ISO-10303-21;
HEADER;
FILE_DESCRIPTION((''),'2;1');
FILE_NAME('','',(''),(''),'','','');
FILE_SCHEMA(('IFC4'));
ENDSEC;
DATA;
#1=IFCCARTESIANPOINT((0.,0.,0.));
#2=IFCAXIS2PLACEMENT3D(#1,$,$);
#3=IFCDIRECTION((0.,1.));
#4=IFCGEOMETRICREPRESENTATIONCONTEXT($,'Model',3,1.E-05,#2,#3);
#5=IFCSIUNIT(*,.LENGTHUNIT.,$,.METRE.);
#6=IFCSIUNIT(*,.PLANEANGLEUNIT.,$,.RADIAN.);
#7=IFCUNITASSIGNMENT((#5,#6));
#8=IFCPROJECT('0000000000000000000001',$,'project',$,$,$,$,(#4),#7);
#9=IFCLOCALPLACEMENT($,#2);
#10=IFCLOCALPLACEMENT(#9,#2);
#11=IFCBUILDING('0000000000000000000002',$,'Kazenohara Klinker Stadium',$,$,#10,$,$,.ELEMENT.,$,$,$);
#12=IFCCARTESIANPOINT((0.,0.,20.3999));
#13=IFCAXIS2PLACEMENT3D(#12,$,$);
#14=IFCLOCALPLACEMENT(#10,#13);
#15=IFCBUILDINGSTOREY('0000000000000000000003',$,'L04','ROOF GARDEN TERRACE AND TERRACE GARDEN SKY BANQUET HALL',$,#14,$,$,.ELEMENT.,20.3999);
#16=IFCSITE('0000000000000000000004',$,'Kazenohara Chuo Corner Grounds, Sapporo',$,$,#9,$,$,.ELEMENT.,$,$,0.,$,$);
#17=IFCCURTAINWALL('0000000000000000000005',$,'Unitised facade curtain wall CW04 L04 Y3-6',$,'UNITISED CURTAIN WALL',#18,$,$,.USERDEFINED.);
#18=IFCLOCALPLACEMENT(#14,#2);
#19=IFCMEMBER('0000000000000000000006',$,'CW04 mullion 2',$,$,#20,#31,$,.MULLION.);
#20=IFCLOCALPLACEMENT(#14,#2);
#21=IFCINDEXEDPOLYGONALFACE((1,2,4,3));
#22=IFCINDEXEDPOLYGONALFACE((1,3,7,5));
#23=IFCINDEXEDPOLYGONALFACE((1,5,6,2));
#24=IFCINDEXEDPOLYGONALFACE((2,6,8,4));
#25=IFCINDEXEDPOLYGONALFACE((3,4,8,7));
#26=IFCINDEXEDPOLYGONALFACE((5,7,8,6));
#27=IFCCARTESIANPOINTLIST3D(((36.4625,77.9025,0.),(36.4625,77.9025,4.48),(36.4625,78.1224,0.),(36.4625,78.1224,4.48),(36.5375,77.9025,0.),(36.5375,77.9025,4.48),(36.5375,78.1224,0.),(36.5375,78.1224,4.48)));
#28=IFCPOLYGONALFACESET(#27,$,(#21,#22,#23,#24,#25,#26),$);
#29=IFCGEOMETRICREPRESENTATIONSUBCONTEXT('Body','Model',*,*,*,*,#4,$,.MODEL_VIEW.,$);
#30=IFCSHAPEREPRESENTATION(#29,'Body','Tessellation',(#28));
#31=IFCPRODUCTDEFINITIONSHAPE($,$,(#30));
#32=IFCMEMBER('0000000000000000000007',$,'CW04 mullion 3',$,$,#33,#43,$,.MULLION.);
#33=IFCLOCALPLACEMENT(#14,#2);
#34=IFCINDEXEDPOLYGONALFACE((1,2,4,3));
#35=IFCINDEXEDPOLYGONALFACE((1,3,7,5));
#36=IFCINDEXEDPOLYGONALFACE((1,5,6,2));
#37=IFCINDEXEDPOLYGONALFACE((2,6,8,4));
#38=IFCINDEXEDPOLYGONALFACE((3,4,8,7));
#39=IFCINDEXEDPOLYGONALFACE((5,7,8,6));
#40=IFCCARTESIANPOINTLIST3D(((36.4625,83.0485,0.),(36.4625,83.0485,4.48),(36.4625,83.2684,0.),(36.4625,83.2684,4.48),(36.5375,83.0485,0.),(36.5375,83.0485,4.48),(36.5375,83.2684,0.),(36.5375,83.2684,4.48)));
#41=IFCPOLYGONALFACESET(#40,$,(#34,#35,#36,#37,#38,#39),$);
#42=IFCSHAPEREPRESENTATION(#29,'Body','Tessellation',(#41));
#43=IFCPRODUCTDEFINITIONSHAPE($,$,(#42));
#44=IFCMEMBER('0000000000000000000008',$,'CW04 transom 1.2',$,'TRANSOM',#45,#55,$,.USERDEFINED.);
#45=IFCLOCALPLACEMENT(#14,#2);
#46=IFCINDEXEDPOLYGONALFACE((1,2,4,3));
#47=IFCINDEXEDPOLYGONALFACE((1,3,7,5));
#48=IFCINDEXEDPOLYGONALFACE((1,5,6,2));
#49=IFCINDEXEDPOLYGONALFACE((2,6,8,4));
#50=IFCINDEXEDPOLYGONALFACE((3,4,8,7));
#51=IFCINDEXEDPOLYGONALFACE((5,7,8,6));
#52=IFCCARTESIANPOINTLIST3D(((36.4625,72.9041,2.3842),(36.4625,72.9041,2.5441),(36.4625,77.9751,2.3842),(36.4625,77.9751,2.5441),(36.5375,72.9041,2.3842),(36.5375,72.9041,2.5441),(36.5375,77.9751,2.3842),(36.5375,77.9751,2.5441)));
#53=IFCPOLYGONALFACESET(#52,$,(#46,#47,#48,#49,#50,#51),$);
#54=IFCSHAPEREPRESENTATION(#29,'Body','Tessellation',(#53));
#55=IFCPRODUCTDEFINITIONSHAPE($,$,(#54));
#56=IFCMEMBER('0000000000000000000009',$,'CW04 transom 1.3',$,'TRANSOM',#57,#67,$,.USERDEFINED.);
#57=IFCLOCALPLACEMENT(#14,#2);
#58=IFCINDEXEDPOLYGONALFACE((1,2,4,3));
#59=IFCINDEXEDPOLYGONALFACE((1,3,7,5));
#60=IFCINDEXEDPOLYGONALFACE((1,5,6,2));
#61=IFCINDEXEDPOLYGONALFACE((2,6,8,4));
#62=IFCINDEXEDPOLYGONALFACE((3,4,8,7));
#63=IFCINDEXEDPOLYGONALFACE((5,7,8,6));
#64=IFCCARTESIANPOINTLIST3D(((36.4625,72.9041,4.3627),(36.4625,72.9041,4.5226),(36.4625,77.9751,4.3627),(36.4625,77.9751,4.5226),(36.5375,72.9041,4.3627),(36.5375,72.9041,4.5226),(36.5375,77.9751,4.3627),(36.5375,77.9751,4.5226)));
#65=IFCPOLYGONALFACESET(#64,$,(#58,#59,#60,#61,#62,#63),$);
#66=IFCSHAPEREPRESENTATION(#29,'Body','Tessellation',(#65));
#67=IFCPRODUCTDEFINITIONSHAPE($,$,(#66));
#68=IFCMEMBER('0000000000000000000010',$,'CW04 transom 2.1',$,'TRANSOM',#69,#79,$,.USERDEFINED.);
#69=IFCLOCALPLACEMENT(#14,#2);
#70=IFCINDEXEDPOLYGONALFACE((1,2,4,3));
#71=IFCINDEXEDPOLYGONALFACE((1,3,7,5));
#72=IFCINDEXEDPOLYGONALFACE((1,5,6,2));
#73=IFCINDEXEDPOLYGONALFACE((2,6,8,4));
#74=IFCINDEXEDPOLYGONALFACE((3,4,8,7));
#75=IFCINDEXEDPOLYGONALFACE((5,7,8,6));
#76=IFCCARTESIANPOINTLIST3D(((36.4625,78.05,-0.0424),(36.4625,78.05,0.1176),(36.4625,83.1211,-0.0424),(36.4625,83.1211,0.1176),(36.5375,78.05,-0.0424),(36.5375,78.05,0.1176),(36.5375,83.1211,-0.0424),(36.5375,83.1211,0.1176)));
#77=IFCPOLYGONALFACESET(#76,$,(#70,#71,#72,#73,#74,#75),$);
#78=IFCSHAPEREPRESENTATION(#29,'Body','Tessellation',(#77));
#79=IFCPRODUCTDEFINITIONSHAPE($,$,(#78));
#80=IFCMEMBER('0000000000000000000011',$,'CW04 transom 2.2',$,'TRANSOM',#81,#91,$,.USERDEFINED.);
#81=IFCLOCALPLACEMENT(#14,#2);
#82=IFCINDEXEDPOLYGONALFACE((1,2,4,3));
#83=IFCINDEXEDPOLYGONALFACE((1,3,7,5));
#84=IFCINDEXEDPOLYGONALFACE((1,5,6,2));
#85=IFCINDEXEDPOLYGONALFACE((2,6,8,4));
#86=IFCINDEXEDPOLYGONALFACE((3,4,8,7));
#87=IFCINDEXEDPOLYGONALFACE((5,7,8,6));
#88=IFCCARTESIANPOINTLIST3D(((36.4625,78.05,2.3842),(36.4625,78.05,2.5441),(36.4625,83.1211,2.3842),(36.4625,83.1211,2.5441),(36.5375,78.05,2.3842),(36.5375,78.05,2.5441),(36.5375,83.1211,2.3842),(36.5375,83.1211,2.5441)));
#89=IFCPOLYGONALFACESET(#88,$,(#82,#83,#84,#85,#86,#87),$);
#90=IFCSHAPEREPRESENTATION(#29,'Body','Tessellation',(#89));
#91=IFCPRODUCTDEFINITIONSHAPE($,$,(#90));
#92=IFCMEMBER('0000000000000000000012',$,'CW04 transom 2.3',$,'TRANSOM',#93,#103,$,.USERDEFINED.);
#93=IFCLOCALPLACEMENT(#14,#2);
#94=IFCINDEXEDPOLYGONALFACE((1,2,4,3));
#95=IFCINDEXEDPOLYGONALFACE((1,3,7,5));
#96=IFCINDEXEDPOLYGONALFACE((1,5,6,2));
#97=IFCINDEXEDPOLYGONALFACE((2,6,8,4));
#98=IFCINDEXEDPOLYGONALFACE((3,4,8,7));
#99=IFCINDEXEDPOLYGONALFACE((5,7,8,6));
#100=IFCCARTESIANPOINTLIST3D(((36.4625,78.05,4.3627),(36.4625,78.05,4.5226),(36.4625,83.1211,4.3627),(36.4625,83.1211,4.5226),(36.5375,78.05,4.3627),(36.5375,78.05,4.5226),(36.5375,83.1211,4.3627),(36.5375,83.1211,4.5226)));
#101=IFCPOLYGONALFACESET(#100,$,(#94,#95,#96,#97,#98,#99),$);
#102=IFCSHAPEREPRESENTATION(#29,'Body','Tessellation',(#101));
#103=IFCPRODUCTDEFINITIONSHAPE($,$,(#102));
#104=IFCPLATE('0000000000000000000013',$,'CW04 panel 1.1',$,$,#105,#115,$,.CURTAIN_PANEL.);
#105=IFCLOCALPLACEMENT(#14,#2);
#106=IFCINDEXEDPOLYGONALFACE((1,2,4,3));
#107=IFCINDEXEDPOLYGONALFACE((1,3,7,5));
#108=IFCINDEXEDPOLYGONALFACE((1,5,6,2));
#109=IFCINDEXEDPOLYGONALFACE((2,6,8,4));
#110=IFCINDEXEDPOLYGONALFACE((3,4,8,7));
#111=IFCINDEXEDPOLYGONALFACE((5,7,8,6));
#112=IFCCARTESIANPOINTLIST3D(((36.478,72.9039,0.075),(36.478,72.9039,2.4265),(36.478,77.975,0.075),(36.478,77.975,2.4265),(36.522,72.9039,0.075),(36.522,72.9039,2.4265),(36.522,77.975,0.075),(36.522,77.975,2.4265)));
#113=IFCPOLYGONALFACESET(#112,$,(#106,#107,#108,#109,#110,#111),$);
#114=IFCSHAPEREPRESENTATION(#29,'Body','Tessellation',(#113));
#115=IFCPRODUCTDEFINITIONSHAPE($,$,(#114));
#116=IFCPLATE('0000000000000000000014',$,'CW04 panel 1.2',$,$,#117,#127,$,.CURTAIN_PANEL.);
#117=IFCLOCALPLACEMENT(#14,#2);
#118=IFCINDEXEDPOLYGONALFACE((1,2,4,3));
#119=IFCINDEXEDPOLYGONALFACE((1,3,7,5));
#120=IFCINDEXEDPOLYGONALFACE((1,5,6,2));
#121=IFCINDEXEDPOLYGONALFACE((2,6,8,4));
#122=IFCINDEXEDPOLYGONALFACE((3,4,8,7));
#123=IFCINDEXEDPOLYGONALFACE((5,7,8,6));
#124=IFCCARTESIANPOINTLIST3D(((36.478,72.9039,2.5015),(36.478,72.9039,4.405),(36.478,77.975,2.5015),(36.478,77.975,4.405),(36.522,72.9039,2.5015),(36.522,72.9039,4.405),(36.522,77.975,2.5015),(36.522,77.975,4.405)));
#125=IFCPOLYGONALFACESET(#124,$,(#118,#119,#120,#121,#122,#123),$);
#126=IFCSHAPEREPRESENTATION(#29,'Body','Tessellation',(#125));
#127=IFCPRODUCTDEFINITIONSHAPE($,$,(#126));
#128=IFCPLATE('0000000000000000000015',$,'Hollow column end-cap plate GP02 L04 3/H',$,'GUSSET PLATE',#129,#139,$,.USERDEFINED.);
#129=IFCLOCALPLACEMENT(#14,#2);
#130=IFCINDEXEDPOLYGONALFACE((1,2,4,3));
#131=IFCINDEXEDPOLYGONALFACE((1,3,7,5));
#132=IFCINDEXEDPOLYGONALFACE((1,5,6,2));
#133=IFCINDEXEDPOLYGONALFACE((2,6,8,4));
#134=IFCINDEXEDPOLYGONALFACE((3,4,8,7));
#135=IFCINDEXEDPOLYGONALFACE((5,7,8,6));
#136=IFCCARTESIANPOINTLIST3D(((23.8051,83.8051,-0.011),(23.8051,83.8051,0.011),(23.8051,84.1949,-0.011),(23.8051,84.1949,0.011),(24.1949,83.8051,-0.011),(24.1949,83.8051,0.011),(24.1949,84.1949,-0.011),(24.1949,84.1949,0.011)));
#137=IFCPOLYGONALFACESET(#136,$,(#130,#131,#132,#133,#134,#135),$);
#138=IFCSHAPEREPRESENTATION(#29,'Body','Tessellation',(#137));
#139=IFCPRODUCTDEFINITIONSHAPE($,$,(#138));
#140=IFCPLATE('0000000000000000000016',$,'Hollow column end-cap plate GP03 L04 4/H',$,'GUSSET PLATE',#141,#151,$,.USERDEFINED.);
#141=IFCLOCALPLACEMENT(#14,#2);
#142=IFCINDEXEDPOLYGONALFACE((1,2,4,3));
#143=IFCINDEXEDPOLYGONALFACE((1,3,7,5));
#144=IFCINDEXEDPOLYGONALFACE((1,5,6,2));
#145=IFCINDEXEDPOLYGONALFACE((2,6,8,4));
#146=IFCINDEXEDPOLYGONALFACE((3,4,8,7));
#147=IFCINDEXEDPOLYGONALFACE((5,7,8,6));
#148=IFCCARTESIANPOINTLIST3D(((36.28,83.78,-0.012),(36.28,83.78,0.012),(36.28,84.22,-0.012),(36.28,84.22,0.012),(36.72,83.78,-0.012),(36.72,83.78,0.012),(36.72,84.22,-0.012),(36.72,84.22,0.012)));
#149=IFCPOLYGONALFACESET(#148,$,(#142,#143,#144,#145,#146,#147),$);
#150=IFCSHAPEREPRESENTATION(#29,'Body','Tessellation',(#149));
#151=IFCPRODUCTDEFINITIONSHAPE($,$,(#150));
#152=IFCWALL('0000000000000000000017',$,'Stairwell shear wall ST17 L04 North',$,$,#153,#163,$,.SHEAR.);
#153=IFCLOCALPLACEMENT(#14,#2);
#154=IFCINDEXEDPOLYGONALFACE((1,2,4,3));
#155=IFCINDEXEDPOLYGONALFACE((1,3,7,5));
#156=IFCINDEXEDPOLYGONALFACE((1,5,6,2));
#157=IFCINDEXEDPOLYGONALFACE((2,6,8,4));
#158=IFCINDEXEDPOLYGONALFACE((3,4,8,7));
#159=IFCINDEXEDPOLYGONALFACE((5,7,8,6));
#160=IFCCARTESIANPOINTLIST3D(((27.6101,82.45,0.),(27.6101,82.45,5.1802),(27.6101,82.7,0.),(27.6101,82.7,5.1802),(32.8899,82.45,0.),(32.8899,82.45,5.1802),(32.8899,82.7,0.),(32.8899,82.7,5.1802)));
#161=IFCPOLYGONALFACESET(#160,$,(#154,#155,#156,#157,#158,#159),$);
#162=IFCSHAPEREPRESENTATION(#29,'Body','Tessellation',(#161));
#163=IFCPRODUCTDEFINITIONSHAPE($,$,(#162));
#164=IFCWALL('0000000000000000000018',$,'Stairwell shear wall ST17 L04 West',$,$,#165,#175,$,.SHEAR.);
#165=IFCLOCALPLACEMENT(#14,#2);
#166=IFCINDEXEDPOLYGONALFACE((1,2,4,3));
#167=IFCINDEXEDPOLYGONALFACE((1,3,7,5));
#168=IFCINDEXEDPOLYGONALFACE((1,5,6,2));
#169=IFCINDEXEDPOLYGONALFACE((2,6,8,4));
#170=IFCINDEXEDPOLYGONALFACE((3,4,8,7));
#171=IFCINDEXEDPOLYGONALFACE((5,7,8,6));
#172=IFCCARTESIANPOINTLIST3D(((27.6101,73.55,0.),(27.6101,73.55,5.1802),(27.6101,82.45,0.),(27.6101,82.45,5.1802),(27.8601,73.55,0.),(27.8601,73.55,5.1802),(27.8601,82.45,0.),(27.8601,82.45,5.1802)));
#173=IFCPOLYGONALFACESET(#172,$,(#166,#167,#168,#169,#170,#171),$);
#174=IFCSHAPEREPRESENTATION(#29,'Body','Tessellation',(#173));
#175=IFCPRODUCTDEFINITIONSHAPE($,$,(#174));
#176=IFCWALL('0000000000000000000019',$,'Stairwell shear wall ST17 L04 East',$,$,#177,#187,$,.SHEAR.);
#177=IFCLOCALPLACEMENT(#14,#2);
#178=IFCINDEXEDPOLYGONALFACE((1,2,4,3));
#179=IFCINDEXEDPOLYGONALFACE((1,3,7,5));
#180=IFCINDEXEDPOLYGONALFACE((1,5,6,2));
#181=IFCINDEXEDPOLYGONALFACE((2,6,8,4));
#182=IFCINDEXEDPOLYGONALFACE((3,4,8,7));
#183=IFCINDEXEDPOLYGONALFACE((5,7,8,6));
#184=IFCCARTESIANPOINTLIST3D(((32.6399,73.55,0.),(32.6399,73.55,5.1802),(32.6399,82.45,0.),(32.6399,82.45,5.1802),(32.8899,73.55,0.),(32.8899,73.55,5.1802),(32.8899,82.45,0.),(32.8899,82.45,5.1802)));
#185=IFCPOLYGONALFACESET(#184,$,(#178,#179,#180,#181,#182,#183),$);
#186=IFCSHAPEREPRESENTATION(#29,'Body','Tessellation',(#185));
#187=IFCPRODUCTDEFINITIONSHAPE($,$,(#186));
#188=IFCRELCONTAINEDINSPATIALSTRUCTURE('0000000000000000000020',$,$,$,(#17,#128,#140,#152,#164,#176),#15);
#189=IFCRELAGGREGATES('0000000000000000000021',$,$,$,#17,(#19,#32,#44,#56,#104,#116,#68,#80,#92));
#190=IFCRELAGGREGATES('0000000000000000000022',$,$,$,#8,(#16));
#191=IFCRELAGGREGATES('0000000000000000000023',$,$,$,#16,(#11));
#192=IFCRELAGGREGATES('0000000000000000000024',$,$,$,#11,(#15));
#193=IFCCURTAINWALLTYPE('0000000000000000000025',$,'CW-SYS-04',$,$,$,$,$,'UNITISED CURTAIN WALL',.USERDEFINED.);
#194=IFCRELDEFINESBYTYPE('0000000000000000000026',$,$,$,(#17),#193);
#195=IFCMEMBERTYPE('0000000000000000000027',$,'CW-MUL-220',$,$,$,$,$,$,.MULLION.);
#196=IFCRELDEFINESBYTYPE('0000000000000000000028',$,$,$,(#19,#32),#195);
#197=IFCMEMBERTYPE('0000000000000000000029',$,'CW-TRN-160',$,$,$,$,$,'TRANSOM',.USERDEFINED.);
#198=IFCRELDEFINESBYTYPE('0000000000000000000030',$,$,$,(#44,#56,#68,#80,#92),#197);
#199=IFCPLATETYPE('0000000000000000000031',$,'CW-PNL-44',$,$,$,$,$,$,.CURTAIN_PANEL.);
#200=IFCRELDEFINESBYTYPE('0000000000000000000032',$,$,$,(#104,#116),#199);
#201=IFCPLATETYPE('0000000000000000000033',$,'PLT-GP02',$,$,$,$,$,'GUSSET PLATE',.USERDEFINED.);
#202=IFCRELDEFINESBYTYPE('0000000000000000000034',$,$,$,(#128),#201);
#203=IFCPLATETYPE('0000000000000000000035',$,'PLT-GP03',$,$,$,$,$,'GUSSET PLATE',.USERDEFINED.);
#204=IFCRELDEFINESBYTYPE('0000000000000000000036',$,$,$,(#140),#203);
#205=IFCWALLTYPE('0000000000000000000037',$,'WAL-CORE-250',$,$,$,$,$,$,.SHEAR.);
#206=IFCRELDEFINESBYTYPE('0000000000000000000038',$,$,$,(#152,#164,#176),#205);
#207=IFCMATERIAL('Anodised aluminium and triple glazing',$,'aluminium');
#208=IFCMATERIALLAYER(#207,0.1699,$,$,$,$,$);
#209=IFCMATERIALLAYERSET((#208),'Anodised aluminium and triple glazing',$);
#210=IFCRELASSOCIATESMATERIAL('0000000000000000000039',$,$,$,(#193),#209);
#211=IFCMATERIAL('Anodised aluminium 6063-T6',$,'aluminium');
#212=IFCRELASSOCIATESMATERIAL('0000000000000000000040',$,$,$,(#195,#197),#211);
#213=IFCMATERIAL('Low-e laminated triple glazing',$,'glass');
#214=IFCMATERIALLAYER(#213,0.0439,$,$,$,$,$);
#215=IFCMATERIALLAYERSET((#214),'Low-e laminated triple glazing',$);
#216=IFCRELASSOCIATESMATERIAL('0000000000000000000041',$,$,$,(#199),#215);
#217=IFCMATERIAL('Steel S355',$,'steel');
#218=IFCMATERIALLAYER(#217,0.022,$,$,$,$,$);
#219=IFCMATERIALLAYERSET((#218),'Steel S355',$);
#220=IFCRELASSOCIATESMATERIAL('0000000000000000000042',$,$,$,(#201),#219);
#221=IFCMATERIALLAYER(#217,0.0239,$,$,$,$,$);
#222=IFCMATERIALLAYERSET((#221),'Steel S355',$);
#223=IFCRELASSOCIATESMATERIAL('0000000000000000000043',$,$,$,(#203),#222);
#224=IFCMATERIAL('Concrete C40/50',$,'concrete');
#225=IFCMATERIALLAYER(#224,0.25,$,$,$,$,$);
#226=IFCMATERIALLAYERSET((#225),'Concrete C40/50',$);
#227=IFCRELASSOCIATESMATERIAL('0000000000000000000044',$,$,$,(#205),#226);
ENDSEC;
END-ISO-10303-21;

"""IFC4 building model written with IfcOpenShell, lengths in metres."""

from ifc_helpers import new_model, si_unit, direction, frame, frame_2d, origin, origin_2d, place, context, subcontext, project, spatial, rectangle, extrude, material, layer, layer_set, material_profile, profile_set, type_object, element, aggregate, save


model = new_model("IFC4")

# Units and contexts
model_context = context("Model", 3, precision=1e-05, world=origin(), true_north=direction((0.0, 1.0)))
body_context = subcontext(model_context, "Body", "Model", "MODEL_VIEW")
ifc_project = project(units=[si_unit("LENGTHUNIT", "METRE"), si_unit("PLANEANGLEUNIT", "RADIAN")], contexts=[model_context])

# Site, building, storey
site_placement = place(None, origin())
site = spatial("IfcSite", under=ifc_project, at=site_placement, Name="Kazenohara Chuo Corner Grounds, Sapporo", CompositionType="ELEMENT", RefElevation=0.0)
building_placement = place(site_placement, origin())
building = spatial("IfcBuilding", under=site, at=building_placement, Name="Kazenohara Klinker Stadium", CompositionType="ELEMENT")
storey_placement = place(building_placement, frame((0.0, 0.0, 20.3999)))
storey = spatial("IfcBuildingStorey", under=building, at=storey_placement, Name="L04", Description="ROOF GARDEN TERRACE AND TERRACE GARDEN SKY BANQUET HALL", CompositionType="ELEMENT", Elevation=20.3999)

# Shared definitions
ifc_material_1 = material(Name="Steel S355", Category="steel")

# Shared definitions
ifc_material_2 = material(Name="Concrete C40/50", Category="concrete")

# Curtain wall, members, plates
ifc_material_3 = material(Name="Anodised aluminium and triple glazing", Category="aluminium")
ifc_layer_1 = layer(ifc_material_3, 0.1699)
ifc_layer_set_1 = layer_set([ifc_layer_1], Name="Anodised aluminium and triple glazing")
curtain_wall_type = type_object("IfcCurtainWallType", Name="CW-SYS-04", ElementType="UNITISED CURTAIN WALL", PredefinedType="USERDEFINED", material=ifc_layer_set_1)
curtain_wall_placement = place(storey_placement, origin())
curtain_wall = element("IfcCurtainWall", 1, at=curtain_wall_placement, inside=storey, type_object=curtain_wall_type, Name="Unitised facade curtain wall CW04 L04 Y3-6", ObjectType="UNITISED CURTAIN WALL", PredefinedType="USERDEFINED")
ifc_material_4 = material(Name="Anodised aluminium 6063-T6", Category="aluminium")
ifc_material_profile_1 = material_profile(ifc_material_4, rectangle(XDim=0.075, YDim=0.22, at=origin_2d()), Name="ALU-MUL-75x220")
ifc_profile_set_1 = profile_set([ifc_material_profile_1], Name="Anodised aluminium 6063-T6")
member_type_1 = type_object("IfcMemberType", Name="CW-MUL-220", PredefinedType="MULLION", material=ifc_profile_set_1)
member_1_placement = place(storey_placement, frame((36.5, 78.0125, 0.0), z_axis=(0.0, 0.0, 1.0), x_axis=(-1.0, 0.0, 0.0)))
member_1 = element("IfcMember", 2, at=member_1_placement, type_object=member_type_1, Name="CW04 mullion 2", PredefinedType="MULLION", context=body_context, shape_type="SweptSolid", body=[
    extrude(rectangle(XDim=0.075, YDim=0.22, at=origin_2d()), origin(), (0.0, 0.0, 1.0), 4.48),
])
member_2_placement = place(storey_placement, frame((36.5, 83.1584, 0.0), z_axis=(0.0, 0.0, 1.0), x_axis=(-1.0, 0.0, 0.0)))
member_2 = element("IfcMember", 3, at=member_2_placement, type_object=member_type_1, Name="CW04 mullion 3", PredefinedType="MULLION", context=body_context, shape_type="SweptSolid", body=[
    extrude(rectangle(XDim=0.075, YDim=0.22, at=origin_2d()), origin(), (0.0, 0.0, 1.0), 4.48),
])
ifc_material_profile_2 = material_profile(ifc_material_4, rectangle(XDim=0.075, YDim=0.1599, at=origin_2d()), Name="ALU-TRN-75x160")
ifc_profile_set_2 = profile_set([ifc_material_profile_2], Name="Anodised aluminium 6063-T6")
member_type_2 = type_object("IfcMemberType", Name="CW-TRN-160", ElementType="TRANSOM", PredefinedType="USERDEFINED", material=ifc_profile_set_2)
member_3_placement = place(storey_placement, frame((36.5, 72.9041, 2.4641), z_axis=(0.0, 1.0, 0.0), x_axis=(-1.0, 0.0, 0.0)))
member_3 = element("IfcMember", 4, at=member_3_placement, type_object=member_type_2, Name="CW04 transom 1.2", ObjectType="TRANSOM", PredefinedType="USERDEFINED", context=body_context, shape_type="SweptSolid", body=[
    extrude(rectangle(XDim=0.075, YDim=0.1599, at=origin_2d()), origin(), (0.0, 0.0, 1.0), 5.071),
])
member_4_placement = place(storey_placement, frame((36.5, 72.9041, 4.4426), z_axis=(0.0, 1.0, 0.0), x_axis=(-1.0, 0.0, 0.0)))
member_4 = element("IfcMember", 5, at=member_4_placement, type_object=member_type_2, Name="CW04 transom 1.3", ObjectType="TRANSOM", PredefinedType="USERDEFINED", context=body_context, shape_type="SweptSolid", body=[
    extrude(rectangle(XDim=0.075, YDim=0.1599, at=origin_2d()), origin(), (0.0, 0.0, 1.0), 5.071),
])
member_5_placement = place(storey_placement, frame((36.5, 78.05, 0.0376), z_axis=(0.0, 1.0, 0.0), x_axis=(-1.0, 0.0, 0.0)))
member_5 = element("IfcMember", 6, at=member_5_placement, type_object=member_type_2, Name="CW04 transom 2.1", ObjectType="TRANSOM", PredefinedType="USERDEFINED", context=body_context, shape_type="SweptSolid", body=[
    extrude(rectangle(XDim=0.075, YDim=0.1599, at=origin_2d()), origin(), (0.0, 0.0, 1.0), 5.071),
])
member_6_placement = place(storey_placement, frame((36.5, 78.05, 2.4641), z_axis=(0.0, 1.0, 0.0), x_axis=(-1.0, 0.0, 0.0)))
member_6 = element("IfcMember", 7, at=member_6_placement, type_object=member_type_2, Name="CW04 transom 2.2", ObjectType="TRANSOM", PredefinedType="USERDEFINED", context=body_context, shape_type="SweptSolid", body=[
    extrude(rectangle(XDim=0.075, YDim=0.1599, at=origin_2d()), origin(), (0.0, 0.0, 1.0), 5.071),
])
member_7_placement = place(storey_placement, frame((36.5, 78.05, 4.4426), z_axis=(0.0, 1.0, 0.0), x_axis=(-1.0, 0.0, 0.0)))
member_7 = element("IfcMember", 8, at=member_7_placement, type_object=member_type_2, Name="CW04 transom 2.3", ObjectType="TRANSOM", PredefinedType="USERDEFINED", context=body_context, shape_type="SweptSolid", body=[
    extrude(rectangle(XDim=0.075, YDim=0.1599, at=origin_2d()), origin(), (0.0, 0.0, 1.0), 5.071),
])
ifc_material_5 = material(Name="Low-e laminated triple glazing", Category="glass")
ifc_layer_2 = layer(ifc_material_5, 0.0439)
ifc_layer_set_2 = layer_set([ifc_layer_2], Name="Low-e laminated triple glazing")
plate_type_1 = type_object("IfcPlateType", Name="CW-PNL-44", PredefinedType="CURTAIN_PANEL", material=ifc_layer_set_2)
plate_1_placement = place(storey_placement, frame((36.5, 75.4395, 0.075), z_axis=(0.0, 0.0, 1.0), x_axis=(0.0, 1.0, 0.0)))
plate_1 = element("IfcPlate", 9, at=plate_1_placement, type_object=plate_type_1, Name="CW04 panel 1.1", PredefinedType="CURTAIN_PANEL", context=body_context, shape_type="SweptSolid", body=[
    extrude(rectangle(XDim=5.071, YDim=0.0439, at=origin_2d()), origin(), (0.0, 0.0, 1.0), 2.3516),
])
plate_2_placement = place(storey_placement, frame((36.5, 75.4395, 2.5015), z_axis=(0.0, 0.0, 1.0), x_axis=(0.0, 1.0, 0.0)))
plate_2 = element("IfcPlate", 10, at=plate_2_placement, type_object=plate_type_1, Name="CW04 panel 1.2", PredefinedType="CURTAIN_PANEL", context=body_context, shape_type="SweptSolid", body=[
    extrude(rectangle(XDim=5.071, YDim=0.0439, at=origin_2d()), origin(), (0.0, 0.0, 1.0), 1.9036),
])
aggregate(curtain_wall, [member_1, member_2, member_3, member_4, plate_1, plate_2, member_5, member_6, member_7])

# Plates
ifc_layer_3 = layer(ifc_material_1, 0.022)
ifc_layer_set_3 = layer_set([ifc_layer_3], Name="Steel S355")
plate_type_2 = type_object("IfcPlateType", Name="PLT-GP02", ElementType="GUSSET PLATE", PredefinedType="USERDEFINED", material=ifc_layer_set_3)
plate_3_placement = place(storey_placement, frame((24.0, 84.0, -0.011), z_axis=(0.0, 0.0, 1.0), x_axis=(1.0, 0.0, 0.0)))
element("IfcPlate", 11, at=plate_3_placement, inside=storey, type_object=plate_type_2, Name="Hollow column end-cap plate GP02 L04 3/H", ObjectType="GUSSET PLATE", PredefinedType="USERDEFINED", context=body_context, shape_type="SweptSolid", body=[
    extrude(rectangle(XDim=0.3899, YDim=0.3899, at=origin_2d()), origin(), (0.0, 0.0, 1.0), 0.022),
])
ifc_layer_4 = layer(ifc_material_1, 0.0239)
ifc_layer_set_4 = layer_set([ifc_layer_4], Name="Steel S355")
plate_type_3 = type_object("IfcPlateType", Name="PLT-GP03", ElementType="GUSSET PLATE", PredefinedType="USERDEFINED", material=ifc_layer_set_4)
plate_4_placement = place(storey_placement, frame((36.5, 84.0, -0.012), z_axis=(0.0, 0.0, 1.0), x_axis=(1.0, 0.0, 0.0)))
element("IfcPlate", 12, at=plate_4_placement, inside=storey, type_object=plate_type_3, Name="Hollow column end-cap plate GP03 L04 4/H", ObjectType="GUSSET PLATE", PredefinedType="USERDEFINED", context=body_context, shape_type="SweptSolid", body=[
    extrude(rectangle(XDim=0.4399, YDim=0.4399, at=origin_2d()), origin(), (0.0, 0.0, 1.0), 0.0239),
])

# Shared definitions
ifc_layer_5 = layer(ifc_material_2, 0.25)
ifc_layer_set_5 = layer_set([ifc_layer_5], Name="Concrete C40/50")
wall_type_1 = type_object("IfcWallType", Name="WAL-CORE-250", PredefinedType="SHEAR", material=ifc_layer_set_5)

# Walls
wall_1_placement = place(storey_placement, frame((27.6101, 82.575, 0.0), z_axis=(0.0, 0.0, 1.0), x_axis=(1.0, 0.0, 0.0)))
element("IfcWall", 13, at=wall_1_placement, inside=storey, type_object=wall_type_1, Name="Stairwell shear wall ST17 L04 North", PredefinedType="SHEAR", context=body_context, shape_type="SweptSolid", body=[
    extrude(rectangle(XDim=5.2798, YDim=0.25, at=frame_2d((2.6399, 0.0))), origin(), (0.0, 0.0, 1.0), 5.1802),
])
for number, where, z_axis, x_axis, name in (
    (14, (27.7351, 73.55, 0.0), (0.0, 0.0, 1.0), (0.0, 1.0, 0.0), "Stairwell shear wall ST17 L04 West"),
    (15, (32.7649, 73.55, 0.0), (0.0, 0.0, 1.0), (0.0, 1.0, 0.0), "Stairwell shear wall ST17 L04 East"),
):
    element("IfcWall", number, at=place(storey_placement, frame(where, z_axis=z_axis, x_axis=x_axis)), inside=storey, type_object=wall_type_1, Name=name, PredefinedType="SHEAR", context=body_context, shape_type="SweptSolid", body=[
        extrude(rectangle(XDim=8.8999, YDim=0.25, at=frame_2d((4.45, 0.0))), origin(), (0.0, 0.0, 1.0), 5.1802),
    ])

save(model, "model.ifc")
